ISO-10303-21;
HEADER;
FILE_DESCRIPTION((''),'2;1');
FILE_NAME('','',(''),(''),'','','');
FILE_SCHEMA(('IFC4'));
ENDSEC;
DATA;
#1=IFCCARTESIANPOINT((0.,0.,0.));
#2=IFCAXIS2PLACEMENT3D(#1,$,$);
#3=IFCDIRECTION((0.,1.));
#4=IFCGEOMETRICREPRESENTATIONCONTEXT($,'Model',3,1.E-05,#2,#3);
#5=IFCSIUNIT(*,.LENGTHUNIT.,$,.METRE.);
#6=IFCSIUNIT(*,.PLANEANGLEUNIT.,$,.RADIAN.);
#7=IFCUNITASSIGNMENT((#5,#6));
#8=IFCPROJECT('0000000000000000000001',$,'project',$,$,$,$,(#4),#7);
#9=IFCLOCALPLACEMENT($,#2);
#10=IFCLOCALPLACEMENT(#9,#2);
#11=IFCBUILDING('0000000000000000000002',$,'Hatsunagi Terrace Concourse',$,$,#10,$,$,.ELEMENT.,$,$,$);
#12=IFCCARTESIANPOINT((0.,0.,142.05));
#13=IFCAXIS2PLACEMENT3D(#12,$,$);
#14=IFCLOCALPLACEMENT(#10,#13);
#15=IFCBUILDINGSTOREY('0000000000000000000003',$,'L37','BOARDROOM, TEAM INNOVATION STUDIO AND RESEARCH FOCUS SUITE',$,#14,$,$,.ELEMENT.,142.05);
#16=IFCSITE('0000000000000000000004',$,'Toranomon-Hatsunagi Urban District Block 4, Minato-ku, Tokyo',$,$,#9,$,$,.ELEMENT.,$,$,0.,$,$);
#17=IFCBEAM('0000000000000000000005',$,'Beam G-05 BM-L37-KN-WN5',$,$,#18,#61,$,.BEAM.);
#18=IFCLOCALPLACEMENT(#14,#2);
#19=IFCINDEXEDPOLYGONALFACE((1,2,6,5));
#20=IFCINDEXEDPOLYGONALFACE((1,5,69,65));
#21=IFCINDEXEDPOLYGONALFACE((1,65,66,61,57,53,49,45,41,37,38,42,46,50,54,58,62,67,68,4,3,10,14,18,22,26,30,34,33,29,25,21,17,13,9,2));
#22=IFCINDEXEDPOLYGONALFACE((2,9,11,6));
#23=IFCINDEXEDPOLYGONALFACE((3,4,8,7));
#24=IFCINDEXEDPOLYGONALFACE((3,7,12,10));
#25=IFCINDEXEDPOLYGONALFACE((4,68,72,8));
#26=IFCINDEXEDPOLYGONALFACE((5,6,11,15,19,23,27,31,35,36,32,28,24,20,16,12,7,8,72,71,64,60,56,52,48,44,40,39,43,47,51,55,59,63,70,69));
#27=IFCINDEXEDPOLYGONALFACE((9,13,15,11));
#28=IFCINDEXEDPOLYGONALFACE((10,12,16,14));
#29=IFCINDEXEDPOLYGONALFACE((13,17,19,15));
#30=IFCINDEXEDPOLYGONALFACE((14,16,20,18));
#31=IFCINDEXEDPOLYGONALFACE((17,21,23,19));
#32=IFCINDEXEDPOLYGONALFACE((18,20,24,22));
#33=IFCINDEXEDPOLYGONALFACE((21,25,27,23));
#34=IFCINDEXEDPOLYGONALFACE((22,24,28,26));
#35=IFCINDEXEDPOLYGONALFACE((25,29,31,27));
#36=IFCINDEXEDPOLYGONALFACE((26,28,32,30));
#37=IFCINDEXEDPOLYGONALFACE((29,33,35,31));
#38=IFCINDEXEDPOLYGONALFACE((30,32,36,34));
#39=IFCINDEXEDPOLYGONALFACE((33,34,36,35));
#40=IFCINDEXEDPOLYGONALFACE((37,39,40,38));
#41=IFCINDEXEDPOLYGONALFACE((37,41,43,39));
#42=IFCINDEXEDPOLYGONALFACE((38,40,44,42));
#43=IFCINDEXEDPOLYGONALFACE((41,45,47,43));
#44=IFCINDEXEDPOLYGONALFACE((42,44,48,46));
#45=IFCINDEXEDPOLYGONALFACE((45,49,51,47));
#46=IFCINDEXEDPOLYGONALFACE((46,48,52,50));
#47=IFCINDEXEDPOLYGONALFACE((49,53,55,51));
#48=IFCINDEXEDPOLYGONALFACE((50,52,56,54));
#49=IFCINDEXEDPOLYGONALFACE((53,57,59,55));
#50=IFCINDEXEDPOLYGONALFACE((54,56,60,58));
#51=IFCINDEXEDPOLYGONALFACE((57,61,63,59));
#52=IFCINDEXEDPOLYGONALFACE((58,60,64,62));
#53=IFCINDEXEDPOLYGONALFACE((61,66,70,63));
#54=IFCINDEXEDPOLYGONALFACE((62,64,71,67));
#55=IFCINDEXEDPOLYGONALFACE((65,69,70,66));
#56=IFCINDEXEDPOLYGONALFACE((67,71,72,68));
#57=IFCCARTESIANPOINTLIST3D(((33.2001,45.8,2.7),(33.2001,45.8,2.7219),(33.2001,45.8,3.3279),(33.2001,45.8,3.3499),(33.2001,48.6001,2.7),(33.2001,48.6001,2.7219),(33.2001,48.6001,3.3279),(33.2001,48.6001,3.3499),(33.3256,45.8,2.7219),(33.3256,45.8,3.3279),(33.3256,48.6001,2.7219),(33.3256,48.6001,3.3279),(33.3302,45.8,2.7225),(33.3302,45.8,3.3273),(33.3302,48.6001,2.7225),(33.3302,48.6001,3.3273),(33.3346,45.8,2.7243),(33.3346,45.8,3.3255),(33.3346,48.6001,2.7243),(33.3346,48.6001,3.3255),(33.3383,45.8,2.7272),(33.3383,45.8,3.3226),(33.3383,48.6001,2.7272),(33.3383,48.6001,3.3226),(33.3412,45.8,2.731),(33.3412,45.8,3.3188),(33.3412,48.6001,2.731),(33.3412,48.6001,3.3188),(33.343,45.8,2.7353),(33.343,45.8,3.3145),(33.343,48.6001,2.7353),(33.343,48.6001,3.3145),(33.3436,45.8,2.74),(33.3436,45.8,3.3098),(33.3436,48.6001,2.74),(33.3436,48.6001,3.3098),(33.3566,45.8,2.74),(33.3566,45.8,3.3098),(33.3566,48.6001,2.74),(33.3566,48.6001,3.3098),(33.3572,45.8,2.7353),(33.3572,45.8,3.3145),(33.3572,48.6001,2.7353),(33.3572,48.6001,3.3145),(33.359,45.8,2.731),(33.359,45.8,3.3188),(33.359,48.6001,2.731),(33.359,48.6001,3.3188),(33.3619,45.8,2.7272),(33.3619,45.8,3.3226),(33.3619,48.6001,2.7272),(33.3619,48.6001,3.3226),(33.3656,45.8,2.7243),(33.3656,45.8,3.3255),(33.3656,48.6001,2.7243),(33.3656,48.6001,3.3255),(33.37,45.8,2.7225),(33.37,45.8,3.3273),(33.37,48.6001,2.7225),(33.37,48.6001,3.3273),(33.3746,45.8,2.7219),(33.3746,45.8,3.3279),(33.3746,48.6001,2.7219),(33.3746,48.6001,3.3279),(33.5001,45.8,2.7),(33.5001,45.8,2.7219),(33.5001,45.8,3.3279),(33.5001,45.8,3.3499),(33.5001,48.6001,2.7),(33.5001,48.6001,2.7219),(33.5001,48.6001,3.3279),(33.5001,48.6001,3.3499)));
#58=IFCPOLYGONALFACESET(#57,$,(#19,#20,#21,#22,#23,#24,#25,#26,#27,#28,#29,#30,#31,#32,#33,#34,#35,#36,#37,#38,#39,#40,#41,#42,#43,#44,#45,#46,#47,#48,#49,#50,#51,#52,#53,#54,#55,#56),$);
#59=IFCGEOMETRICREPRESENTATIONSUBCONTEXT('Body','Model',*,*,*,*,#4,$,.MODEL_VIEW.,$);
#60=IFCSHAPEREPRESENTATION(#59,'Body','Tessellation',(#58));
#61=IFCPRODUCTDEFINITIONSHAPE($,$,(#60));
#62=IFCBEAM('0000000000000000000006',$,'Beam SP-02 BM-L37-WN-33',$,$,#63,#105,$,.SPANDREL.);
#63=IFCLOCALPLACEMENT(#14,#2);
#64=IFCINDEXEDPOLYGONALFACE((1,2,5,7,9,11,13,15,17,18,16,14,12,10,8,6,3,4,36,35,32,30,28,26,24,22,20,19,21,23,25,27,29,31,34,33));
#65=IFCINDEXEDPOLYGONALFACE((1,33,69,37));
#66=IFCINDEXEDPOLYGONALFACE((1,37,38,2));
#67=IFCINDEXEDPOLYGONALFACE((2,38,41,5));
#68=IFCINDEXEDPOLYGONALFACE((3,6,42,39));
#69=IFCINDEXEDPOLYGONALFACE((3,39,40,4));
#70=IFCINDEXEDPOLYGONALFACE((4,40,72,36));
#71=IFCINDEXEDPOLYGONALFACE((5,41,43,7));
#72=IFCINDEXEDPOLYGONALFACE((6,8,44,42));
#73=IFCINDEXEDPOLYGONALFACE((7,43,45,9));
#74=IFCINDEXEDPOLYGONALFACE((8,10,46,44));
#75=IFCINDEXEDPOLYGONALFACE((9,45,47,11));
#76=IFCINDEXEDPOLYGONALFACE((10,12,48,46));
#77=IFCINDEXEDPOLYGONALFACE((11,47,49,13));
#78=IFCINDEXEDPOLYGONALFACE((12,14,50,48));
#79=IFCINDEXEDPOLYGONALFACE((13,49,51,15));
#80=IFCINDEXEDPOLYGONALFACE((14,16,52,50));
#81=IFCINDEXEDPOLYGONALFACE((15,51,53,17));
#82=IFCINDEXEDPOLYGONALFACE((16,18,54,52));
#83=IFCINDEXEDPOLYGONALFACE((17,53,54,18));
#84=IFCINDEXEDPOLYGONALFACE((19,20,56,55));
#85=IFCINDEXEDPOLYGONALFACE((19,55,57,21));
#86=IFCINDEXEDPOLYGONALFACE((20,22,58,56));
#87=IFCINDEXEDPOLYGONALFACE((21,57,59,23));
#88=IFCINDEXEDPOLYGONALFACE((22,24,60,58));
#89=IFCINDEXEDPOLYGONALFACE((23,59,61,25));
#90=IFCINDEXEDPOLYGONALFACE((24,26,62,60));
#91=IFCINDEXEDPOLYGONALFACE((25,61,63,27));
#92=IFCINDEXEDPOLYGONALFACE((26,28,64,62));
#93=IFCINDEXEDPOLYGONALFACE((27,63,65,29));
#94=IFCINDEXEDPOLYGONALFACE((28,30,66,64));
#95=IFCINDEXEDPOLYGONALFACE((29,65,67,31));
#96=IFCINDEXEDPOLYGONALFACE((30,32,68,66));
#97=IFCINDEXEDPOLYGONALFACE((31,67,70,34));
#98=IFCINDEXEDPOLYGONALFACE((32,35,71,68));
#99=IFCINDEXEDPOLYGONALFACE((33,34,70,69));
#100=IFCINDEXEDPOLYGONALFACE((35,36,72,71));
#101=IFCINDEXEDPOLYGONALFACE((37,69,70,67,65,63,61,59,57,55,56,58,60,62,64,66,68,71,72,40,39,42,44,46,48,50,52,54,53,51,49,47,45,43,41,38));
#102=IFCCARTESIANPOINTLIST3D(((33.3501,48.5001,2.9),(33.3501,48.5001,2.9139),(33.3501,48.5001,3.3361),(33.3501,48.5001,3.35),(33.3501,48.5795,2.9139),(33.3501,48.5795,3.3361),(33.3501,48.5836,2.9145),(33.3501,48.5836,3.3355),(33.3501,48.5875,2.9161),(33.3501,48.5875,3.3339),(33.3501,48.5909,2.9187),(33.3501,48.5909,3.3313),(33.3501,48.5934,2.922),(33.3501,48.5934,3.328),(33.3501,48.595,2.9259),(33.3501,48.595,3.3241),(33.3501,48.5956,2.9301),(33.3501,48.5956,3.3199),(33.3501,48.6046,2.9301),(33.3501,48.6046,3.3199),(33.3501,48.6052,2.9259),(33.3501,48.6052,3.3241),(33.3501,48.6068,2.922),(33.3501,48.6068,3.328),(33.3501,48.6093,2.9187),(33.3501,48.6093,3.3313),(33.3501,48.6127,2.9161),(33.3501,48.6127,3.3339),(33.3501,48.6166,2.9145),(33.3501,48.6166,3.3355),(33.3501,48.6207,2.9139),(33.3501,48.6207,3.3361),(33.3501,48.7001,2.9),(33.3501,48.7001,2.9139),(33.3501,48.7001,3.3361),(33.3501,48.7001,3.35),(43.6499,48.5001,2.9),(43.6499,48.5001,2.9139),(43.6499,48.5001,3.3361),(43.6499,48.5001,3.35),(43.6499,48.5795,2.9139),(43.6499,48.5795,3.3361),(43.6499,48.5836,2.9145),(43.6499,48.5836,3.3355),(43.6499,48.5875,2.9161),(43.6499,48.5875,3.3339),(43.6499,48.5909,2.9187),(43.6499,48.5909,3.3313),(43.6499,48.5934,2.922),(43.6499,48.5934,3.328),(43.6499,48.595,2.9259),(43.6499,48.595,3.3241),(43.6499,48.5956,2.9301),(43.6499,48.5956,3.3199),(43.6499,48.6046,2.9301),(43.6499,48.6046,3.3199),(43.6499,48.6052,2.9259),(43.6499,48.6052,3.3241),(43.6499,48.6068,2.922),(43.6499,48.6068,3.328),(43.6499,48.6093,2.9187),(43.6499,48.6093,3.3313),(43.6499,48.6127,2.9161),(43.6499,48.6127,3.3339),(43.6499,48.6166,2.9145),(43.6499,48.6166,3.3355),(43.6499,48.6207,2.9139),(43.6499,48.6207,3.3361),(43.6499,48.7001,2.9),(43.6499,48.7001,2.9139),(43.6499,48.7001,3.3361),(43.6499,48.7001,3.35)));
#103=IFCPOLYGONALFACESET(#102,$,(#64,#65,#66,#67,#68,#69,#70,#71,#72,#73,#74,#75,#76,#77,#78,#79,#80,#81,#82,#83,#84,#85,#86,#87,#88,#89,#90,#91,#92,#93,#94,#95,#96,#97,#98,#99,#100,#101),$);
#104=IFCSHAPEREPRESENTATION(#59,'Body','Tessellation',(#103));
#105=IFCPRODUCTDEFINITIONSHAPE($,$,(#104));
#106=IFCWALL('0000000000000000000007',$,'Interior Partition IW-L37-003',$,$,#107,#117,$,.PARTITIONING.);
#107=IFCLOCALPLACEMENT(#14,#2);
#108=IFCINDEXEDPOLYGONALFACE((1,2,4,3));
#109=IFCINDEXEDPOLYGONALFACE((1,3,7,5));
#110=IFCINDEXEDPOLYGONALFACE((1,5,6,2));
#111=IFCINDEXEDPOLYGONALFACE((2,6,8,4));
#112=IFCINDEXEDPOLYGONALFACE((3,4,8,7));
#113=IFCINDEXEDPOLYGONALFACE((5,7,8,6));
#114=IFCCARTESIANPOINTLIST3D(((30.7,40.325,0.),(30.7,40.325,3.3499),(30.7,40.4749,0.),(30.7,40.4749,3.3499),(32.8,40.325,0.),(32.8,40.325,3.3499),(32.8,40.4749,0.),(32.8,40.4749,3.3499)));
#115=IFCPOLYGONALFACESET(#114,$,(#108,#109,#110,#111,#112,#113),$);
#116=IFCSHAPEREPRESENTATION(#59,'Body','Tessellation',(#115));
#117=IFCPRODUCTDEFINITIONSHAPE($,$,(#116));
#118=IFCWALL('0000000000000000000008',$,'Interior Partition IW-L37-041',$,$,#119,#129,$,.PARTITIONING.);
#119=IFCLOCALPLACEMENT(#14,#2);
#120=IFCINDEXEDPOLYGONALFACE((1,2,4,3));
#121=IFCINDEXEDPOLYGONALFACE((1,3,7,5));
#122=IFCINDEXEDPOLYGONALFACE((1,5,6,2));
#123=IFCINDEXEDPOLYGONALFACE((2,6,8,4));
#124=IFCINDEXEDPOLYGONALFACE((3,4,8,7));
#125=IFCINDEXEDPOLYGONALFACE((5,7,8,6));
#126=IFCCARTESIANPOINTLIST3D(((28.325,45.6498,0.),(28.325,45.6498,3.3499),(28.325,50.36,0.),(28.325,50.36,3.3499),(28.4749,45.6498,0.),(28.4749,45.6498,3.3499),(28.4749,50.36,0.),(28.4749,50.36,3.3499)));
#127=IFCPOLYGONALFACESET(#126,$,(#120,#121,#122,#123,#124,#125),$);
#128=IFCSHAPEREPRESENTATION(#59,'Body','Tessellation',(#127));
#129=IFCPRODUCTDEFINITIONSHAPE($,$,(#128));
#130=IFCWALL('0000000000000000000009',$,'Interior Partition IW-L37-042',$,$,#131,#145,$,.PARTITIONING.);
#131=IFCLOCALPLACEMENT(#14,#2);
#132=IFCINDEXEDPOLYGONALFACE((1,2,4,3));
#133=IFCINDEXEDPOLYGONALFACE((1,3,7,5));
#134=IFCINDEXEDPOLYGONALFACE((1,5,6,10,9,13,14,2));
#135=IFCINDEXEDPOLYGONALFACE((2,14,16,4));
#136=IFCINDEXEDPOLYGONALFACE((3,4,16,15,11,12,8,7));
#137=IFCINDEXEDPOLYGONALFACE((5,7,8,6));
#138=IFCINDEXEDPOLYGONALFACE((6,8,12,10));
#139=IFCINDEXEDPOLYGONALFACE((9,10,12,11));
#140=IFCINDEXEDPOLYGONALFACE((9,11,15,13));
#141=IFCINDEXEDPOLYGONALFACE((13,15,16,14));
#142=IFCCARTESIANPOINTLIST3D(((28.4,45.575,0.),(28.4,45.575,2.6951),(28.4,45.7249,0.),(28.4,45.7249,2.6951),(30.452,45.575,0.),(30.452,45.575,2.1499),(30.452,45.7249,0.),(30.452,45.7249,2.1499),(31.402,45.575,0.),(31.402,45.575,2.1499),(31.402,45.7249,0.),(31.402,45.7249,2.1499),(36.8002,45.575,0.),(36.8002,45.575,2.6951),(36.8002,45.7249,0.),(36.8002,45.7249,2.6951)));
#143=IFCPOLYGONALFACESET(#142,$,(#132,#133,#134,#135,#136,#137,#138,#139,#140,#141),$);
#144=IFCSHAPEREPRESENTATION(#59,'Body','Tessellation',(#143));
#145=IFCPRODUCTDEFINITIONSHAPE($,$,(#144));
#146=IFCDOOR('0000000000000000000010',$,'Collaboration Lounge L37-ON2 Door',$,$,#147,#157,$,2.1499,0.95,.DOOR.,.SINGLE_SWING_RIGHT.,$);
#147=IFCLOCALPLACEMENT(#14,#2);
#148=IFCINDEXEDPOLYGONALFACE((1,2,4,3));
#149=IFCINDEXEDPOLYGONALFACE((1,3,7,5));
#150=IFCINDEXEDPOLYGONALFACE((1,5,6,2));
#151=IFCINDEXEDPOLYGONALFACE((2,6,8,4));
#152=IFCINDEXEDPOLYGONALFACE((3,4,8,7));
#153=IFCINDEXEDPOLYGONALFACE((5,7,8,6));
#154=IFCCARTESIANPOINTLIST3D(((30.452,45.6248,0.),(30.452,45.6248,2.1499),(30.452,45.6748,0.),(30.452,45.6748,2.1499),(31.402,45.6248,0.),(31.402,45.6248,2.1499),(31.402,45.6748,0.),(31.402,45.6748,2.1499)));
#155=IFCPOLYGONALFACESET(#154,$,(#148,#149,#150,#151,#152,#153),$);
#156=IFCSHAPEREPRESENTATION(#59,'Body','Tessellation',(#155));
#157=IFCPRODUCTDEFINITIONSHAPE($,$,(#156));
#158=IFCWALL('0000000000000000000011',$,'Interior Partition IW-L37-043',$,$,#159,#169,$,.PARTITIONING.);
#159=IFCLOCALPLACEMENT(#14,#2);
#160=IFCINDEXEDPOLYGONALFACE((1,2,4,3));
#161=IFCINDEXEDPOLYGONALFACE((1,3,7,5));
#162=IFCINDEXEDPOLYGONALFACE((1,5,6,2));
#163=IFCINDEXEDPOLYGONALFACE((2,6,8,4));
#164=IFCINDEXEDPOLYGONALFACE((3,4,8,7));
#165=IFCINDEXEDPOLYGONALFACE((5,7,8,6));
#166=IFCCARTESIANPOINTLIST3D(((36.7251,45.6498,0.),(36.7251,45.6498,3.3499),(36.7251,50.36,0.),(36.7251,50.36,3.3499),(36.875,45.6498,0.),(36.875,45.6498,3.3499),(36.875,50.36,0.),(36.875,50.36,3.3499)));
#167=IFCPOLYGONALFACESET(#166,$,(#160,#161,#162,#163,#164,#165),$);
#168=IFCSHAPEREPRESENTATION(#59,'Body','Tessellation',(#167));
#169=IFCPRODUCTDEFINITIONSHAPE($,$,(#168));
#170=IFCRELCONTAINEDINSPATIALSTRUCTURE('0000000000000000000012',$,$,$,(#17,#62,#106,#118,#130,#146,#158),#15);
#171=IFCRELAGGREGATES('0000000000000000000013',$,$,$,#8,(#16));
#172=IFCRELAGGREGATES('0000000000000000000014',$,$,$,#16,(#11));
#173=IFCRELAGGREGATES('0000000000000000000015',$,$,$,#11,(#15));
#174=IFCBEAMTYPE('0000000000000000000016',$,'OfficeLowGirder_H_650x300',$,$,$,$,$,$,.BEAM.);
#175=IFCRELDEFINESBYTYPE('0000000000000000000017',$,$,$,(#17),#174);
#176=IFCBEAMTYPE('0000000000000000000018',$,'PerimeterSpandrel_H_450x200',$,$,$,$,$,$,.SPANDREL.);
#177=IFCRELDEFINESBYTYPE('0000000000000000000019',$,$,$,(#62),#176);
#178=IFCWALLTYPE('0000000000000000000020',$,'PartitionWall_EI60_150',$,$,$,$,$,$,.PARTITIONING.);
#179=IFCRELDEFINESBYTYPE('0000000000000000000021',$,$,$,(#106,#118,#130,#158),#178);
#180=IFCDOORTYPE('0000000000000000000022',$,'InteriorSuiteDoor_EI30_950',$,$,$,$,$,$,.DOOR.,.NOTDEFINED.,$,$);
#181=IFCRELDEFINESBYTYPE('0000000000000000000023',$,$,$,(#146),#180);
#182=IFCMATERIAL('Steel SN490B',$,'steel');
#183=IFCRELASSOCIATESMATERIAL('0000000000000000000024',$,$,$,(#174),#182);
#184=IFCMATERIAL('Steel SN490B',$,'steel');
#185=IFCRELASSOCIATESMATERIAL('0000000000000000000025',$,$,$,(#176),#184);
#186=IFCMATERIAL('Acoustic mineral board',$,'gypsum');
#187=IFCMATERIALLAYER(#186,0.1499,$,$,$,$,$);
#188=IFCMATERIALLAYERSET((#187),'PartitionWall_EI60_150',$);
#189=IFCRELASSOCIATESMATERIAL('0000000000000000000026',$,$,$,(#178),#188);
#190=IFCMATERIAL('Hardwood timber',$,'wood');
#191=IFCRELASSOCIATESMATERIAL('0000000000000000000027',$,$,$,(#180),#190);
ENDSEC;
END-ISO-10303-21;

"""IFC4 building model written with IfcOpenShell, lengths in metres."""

from ifc_helpers import new_model, si_unit, direction, frame, frame_2d, origin, origin_2d, place, context, subcontext, project, spatial, rectangle, i_section, extrude, material, layer, layer_set, material_profile, profile_set, type_object, element, fill, save


model = new_model("IFC4")

# Units and contexts
model_context = context("Model", 3, precision=1e-05, world=origin(), true_north=direction((0.0, 1.0)))
body_context = subcontext(model_context, "Body", "Model", "MODEL_VIEW")
ifc_project = project(units=[si_unit("LENGTHUNIT", "METRE"), si_unit("PLANEANGLEUNIT", "RADIAN")], contexts=[model_context])

# Site, building, storey
site_placement = place(None, origin())
site = spatial("IfcSite", under=ifc_project, at=site_placement, Name="Toranomon-Hatsunagi Urban District Block 4, Minato-ku, Tokyo", CompositionType="ELEMENT", RefElevation=0.0)
building_placement = place(site_placement, origin())
building = spatial("IfcBuilding", under=site, at=building_placement, Name="Hatsunagi Terrace Concourse", CompositionType="ELEMENT")
storey_placement = place(building_placement, frame((0.0, 0.0, 142.05)))
storey = spatial("IfcBuildingStorey", under=building, at=storey_placement, Name="L37", Description="BOARDROOM, TEAM INNOVATION STUDIO AND RESEARCH FOCUS SUITE", CompositionType="ELEMENT", Elevation=142.05)

# Beams
ifc_material_1 = material(Name="Steel SN490B", Category="steel")
ifc_material_profile_1 = material_profile(ifc_material_1, i_section(OverallWidth=0.3, OverallDepth=0.6499, WebThickness=0.0129, FlangeThickness=0.022, FilletRadius=0.0181, at=origin_2d()), Name="H-650x300x13x22")
ifc_profile_set_1 = profile_set([ifc_material_profile_1], Name="Steel SN490B")
beam_type_1 = type_object("IfcBeamType", Name="OfficeLowGirder_H_650x300", PredefinedType="BEAM", material=ifc_profile_set_1)
beam_1_placement = place(storey_placement, frame((33.3501, 45.8, 3.0249), z_axis=(0.0, 1.0, 0.0), x_axis=(-1.0, 0.0, 0.0)))
element("IfcBeam", 1, at=beam_1_placement, inside=storey, type_object=beam_type_1, Name="Beam G-05 BM-L37-KN-WN5", PredefinedType="BEAM", context=body_context, shape_type="SweptSolid", body=[
    extrude(i_section(OverallWidth=0.3, OverallDepth=0.6499, WebThickness=0.0129, FlangeThickness=0.022, FilletRadius=0.0181, at=origin_2d()), origin(), (0.0, 0.0, 1.0), 2.8),
])
ifc_material_2 = material(Name="Steel SN490B", Category="steel")
ifc_material_profile_2 = material_profile(ifc_material_2, i_section(OverallWidth=0.2, OverallDepth=0.45, WebThickness=0.009, FlangeThickness=0.0139, FilletRadius=0.0161, at=origin_2d()), Name="H-450x200x9x14")
ifc_profile_set_2 = profile_set([ifc_material_profile_2], Name="Steel SN490B")
beam_type_2 = type_object("IfcBeamType", Name="PerimeterSpandrel_H_450x200", PredefinedType="SPANDREL", material=ifc_profile_set_2)
beam_2_placement = place(storey_placement, frame((33.3501, 48.6001, 3.125), z_axis=(1.0, 0.0, 0.0), x_axis=(0.0, 1.0, 0.0)))
element("IfcBeam", 2, at=beam_2_placement, inside=storey, type_object=beam_type_2, Name="Beam SP-02 BM-L37-WN-33", PredefinedType="SPANDREL", context=body_context, shape_type="SweptSolid", body=[
    extrude(i_section(OverallWidth=0.2, OverallDepth=0.45, WebThickness=0.009, FlangeThickness=0.0139, FilletRadius=0.0161, at=origin_2d()), origin(), (0.0, 0.0, 1.0), 10.2998),
])

# Walls
ifc_material_3 = material(Name="Acoustic mineral board", Category="gypsum")
ifc_layer_1 = layer(ifc_material_3, 0.1499)
ifc_layer_set_1 = layer_set([ifc_layer_1], Name="PartitionWall_EI60_150")
wall_type_1 = type_object("IfcWallType", Name="PartitionWall_EI60_150", PredefinedType="PARTITIONING", material=ifc_layer_set_1)
wall_1_placement = place(storey_placement, frame((30.7, 40.3999, 0.0), z_axis=(0.0, 0.0, 1.0), x_axis=(1.0, 0.0, 0.0)))
element("IfcWall", 3, at=wall_1_placement, inside=storey, type_object=wall_type_1, Name="Interior Partition IW-L37-003", PredefinedType="PARTITIONING", context=body_context, shape_type="SweptSolid", body=[
    extrude(rectangle(XDim=2.1001, YDim=0.1499, at=frame_2d((1.05, 0.0))), origin(), (0.0, 0.0, 1.0), 3.3499),
])
wall_2_placement = place(storey_placement, frame((28.3999, 45.6499, 0.0), z_axis=(0.0, 0.0, 1.0), x_axis=(0.0, 1.0, 0.0)))
element("IfcWall", 4, at=wall_2_placement, inside=storey, type_object=wall_type_1, Name="Interior Partition IW-L37-041", PredefinedType="PARTITIONING", context=body_context, shape_type="SweptSolid", body=[
    extrude(rectangle(XDim=4.7102, YDim=0.1499, at=frame_2d((2.355, 0.0))), origin(), (0.0, 0.0, 1.0), 3.3499),
])

# Wall, opening, door
wall_3_placement = place(storey_placement, frame((28.3999, 45.6499, 0.0), z_axis=(0.0, 0.0, 1.0), x_axis=(1.0, 0.0, 0.0)))
wall_3 = element("IfcWall", 5, at=wall_3_placement, inside=storey, type_object=wall_type_1, Name="Interior Partition IW-L37-042", PredefinedType="PARTITIONING", context=body_context, shape_type="SweptSolid", body=[
    extrude(rectangle(XDim=8.4001, YDim=0.1499, at=frame_2d((4.2002, 0.0))), origin(), (0.0, 0.0, 1.0), 2.6951),
])
opening_1_placement = place(wall_3_placement, frame((2.052, 0.0, 0.0)))
opening_1 = element("IfcOpeningElement", 6, at=opening_1_placement, cuts=wall_3, PredefinedType="OPENING", context=body_context, shape_type="SweptSolid", body=[
    extrude(rectangle(XDim=0.95, YDim=2.1499, at=frame_2d((0.4751, 1.075))), frame((0.0, 0.085, 0.0), z_axis=(0.0, -1.0, 0.0), x_axis=(1.0, 0.0, 0.0)), (0.0, 0.0, 1.0), 0.1699),
])
ifc_material_4 = material(Name="Hardwood timber", Category="wood")
door_type_1 = type_object("IfcDoorType", Name="InteriorSuiteDoor_EI30_950", OperationType="NOTDEFINED", PredefinedType="DOOR", material=ifc_material_4)
door_1_placement = place(opening_1_placement, origin())
door_1 = element("IfcDoor", 7, at=door_1_placement, inside=storey, type_object=door_type_1, Name="Collaboration Lounge L37-ON2 Door", OperationType="SINGLE_SWING_RIGHT", OverallHeight=2.1499, OverallWidth=0.95, PredefinedType="DOOR", context=body_context, shape_type="SweptSolid", body=[
    extrude(rectangle(XDim=0.95, YDim=2.1499, at=frame_2d((0.4751, 1.075))), frame((0.0, 0.0249, 0.0), z_axis=(0.0, -1.0, 0.0), x_axis=(1.0, 0.0, 0.0)), (0.0, 0.0, 1.0), 0.05),
])
fill(opening_1, door_1)

# Wall
wall_4_placement = place(storey_placement, frame((36.8, 45.6499, 0.0), z_axis=(0.0, 0.0, 1.0), x_axis=(0.0, 1.0, 0.0)))
element("IfcWall", 8, at=wall_4_placement, inside=storey, type_object=wall_type_1, Name="Interior Partition IW-L37-043", PredefinedType="PARTITIONING", context=body_context, shape_type="SweptSolid", body=[
    extrude(rectangle(XDim=4.7102, YDim=0.1499, at=frame_2d((2.355, 0.0))), origin(), (0.0, 0.0, 1.0), 3.3499),
])

save(model, "model.ifc")
